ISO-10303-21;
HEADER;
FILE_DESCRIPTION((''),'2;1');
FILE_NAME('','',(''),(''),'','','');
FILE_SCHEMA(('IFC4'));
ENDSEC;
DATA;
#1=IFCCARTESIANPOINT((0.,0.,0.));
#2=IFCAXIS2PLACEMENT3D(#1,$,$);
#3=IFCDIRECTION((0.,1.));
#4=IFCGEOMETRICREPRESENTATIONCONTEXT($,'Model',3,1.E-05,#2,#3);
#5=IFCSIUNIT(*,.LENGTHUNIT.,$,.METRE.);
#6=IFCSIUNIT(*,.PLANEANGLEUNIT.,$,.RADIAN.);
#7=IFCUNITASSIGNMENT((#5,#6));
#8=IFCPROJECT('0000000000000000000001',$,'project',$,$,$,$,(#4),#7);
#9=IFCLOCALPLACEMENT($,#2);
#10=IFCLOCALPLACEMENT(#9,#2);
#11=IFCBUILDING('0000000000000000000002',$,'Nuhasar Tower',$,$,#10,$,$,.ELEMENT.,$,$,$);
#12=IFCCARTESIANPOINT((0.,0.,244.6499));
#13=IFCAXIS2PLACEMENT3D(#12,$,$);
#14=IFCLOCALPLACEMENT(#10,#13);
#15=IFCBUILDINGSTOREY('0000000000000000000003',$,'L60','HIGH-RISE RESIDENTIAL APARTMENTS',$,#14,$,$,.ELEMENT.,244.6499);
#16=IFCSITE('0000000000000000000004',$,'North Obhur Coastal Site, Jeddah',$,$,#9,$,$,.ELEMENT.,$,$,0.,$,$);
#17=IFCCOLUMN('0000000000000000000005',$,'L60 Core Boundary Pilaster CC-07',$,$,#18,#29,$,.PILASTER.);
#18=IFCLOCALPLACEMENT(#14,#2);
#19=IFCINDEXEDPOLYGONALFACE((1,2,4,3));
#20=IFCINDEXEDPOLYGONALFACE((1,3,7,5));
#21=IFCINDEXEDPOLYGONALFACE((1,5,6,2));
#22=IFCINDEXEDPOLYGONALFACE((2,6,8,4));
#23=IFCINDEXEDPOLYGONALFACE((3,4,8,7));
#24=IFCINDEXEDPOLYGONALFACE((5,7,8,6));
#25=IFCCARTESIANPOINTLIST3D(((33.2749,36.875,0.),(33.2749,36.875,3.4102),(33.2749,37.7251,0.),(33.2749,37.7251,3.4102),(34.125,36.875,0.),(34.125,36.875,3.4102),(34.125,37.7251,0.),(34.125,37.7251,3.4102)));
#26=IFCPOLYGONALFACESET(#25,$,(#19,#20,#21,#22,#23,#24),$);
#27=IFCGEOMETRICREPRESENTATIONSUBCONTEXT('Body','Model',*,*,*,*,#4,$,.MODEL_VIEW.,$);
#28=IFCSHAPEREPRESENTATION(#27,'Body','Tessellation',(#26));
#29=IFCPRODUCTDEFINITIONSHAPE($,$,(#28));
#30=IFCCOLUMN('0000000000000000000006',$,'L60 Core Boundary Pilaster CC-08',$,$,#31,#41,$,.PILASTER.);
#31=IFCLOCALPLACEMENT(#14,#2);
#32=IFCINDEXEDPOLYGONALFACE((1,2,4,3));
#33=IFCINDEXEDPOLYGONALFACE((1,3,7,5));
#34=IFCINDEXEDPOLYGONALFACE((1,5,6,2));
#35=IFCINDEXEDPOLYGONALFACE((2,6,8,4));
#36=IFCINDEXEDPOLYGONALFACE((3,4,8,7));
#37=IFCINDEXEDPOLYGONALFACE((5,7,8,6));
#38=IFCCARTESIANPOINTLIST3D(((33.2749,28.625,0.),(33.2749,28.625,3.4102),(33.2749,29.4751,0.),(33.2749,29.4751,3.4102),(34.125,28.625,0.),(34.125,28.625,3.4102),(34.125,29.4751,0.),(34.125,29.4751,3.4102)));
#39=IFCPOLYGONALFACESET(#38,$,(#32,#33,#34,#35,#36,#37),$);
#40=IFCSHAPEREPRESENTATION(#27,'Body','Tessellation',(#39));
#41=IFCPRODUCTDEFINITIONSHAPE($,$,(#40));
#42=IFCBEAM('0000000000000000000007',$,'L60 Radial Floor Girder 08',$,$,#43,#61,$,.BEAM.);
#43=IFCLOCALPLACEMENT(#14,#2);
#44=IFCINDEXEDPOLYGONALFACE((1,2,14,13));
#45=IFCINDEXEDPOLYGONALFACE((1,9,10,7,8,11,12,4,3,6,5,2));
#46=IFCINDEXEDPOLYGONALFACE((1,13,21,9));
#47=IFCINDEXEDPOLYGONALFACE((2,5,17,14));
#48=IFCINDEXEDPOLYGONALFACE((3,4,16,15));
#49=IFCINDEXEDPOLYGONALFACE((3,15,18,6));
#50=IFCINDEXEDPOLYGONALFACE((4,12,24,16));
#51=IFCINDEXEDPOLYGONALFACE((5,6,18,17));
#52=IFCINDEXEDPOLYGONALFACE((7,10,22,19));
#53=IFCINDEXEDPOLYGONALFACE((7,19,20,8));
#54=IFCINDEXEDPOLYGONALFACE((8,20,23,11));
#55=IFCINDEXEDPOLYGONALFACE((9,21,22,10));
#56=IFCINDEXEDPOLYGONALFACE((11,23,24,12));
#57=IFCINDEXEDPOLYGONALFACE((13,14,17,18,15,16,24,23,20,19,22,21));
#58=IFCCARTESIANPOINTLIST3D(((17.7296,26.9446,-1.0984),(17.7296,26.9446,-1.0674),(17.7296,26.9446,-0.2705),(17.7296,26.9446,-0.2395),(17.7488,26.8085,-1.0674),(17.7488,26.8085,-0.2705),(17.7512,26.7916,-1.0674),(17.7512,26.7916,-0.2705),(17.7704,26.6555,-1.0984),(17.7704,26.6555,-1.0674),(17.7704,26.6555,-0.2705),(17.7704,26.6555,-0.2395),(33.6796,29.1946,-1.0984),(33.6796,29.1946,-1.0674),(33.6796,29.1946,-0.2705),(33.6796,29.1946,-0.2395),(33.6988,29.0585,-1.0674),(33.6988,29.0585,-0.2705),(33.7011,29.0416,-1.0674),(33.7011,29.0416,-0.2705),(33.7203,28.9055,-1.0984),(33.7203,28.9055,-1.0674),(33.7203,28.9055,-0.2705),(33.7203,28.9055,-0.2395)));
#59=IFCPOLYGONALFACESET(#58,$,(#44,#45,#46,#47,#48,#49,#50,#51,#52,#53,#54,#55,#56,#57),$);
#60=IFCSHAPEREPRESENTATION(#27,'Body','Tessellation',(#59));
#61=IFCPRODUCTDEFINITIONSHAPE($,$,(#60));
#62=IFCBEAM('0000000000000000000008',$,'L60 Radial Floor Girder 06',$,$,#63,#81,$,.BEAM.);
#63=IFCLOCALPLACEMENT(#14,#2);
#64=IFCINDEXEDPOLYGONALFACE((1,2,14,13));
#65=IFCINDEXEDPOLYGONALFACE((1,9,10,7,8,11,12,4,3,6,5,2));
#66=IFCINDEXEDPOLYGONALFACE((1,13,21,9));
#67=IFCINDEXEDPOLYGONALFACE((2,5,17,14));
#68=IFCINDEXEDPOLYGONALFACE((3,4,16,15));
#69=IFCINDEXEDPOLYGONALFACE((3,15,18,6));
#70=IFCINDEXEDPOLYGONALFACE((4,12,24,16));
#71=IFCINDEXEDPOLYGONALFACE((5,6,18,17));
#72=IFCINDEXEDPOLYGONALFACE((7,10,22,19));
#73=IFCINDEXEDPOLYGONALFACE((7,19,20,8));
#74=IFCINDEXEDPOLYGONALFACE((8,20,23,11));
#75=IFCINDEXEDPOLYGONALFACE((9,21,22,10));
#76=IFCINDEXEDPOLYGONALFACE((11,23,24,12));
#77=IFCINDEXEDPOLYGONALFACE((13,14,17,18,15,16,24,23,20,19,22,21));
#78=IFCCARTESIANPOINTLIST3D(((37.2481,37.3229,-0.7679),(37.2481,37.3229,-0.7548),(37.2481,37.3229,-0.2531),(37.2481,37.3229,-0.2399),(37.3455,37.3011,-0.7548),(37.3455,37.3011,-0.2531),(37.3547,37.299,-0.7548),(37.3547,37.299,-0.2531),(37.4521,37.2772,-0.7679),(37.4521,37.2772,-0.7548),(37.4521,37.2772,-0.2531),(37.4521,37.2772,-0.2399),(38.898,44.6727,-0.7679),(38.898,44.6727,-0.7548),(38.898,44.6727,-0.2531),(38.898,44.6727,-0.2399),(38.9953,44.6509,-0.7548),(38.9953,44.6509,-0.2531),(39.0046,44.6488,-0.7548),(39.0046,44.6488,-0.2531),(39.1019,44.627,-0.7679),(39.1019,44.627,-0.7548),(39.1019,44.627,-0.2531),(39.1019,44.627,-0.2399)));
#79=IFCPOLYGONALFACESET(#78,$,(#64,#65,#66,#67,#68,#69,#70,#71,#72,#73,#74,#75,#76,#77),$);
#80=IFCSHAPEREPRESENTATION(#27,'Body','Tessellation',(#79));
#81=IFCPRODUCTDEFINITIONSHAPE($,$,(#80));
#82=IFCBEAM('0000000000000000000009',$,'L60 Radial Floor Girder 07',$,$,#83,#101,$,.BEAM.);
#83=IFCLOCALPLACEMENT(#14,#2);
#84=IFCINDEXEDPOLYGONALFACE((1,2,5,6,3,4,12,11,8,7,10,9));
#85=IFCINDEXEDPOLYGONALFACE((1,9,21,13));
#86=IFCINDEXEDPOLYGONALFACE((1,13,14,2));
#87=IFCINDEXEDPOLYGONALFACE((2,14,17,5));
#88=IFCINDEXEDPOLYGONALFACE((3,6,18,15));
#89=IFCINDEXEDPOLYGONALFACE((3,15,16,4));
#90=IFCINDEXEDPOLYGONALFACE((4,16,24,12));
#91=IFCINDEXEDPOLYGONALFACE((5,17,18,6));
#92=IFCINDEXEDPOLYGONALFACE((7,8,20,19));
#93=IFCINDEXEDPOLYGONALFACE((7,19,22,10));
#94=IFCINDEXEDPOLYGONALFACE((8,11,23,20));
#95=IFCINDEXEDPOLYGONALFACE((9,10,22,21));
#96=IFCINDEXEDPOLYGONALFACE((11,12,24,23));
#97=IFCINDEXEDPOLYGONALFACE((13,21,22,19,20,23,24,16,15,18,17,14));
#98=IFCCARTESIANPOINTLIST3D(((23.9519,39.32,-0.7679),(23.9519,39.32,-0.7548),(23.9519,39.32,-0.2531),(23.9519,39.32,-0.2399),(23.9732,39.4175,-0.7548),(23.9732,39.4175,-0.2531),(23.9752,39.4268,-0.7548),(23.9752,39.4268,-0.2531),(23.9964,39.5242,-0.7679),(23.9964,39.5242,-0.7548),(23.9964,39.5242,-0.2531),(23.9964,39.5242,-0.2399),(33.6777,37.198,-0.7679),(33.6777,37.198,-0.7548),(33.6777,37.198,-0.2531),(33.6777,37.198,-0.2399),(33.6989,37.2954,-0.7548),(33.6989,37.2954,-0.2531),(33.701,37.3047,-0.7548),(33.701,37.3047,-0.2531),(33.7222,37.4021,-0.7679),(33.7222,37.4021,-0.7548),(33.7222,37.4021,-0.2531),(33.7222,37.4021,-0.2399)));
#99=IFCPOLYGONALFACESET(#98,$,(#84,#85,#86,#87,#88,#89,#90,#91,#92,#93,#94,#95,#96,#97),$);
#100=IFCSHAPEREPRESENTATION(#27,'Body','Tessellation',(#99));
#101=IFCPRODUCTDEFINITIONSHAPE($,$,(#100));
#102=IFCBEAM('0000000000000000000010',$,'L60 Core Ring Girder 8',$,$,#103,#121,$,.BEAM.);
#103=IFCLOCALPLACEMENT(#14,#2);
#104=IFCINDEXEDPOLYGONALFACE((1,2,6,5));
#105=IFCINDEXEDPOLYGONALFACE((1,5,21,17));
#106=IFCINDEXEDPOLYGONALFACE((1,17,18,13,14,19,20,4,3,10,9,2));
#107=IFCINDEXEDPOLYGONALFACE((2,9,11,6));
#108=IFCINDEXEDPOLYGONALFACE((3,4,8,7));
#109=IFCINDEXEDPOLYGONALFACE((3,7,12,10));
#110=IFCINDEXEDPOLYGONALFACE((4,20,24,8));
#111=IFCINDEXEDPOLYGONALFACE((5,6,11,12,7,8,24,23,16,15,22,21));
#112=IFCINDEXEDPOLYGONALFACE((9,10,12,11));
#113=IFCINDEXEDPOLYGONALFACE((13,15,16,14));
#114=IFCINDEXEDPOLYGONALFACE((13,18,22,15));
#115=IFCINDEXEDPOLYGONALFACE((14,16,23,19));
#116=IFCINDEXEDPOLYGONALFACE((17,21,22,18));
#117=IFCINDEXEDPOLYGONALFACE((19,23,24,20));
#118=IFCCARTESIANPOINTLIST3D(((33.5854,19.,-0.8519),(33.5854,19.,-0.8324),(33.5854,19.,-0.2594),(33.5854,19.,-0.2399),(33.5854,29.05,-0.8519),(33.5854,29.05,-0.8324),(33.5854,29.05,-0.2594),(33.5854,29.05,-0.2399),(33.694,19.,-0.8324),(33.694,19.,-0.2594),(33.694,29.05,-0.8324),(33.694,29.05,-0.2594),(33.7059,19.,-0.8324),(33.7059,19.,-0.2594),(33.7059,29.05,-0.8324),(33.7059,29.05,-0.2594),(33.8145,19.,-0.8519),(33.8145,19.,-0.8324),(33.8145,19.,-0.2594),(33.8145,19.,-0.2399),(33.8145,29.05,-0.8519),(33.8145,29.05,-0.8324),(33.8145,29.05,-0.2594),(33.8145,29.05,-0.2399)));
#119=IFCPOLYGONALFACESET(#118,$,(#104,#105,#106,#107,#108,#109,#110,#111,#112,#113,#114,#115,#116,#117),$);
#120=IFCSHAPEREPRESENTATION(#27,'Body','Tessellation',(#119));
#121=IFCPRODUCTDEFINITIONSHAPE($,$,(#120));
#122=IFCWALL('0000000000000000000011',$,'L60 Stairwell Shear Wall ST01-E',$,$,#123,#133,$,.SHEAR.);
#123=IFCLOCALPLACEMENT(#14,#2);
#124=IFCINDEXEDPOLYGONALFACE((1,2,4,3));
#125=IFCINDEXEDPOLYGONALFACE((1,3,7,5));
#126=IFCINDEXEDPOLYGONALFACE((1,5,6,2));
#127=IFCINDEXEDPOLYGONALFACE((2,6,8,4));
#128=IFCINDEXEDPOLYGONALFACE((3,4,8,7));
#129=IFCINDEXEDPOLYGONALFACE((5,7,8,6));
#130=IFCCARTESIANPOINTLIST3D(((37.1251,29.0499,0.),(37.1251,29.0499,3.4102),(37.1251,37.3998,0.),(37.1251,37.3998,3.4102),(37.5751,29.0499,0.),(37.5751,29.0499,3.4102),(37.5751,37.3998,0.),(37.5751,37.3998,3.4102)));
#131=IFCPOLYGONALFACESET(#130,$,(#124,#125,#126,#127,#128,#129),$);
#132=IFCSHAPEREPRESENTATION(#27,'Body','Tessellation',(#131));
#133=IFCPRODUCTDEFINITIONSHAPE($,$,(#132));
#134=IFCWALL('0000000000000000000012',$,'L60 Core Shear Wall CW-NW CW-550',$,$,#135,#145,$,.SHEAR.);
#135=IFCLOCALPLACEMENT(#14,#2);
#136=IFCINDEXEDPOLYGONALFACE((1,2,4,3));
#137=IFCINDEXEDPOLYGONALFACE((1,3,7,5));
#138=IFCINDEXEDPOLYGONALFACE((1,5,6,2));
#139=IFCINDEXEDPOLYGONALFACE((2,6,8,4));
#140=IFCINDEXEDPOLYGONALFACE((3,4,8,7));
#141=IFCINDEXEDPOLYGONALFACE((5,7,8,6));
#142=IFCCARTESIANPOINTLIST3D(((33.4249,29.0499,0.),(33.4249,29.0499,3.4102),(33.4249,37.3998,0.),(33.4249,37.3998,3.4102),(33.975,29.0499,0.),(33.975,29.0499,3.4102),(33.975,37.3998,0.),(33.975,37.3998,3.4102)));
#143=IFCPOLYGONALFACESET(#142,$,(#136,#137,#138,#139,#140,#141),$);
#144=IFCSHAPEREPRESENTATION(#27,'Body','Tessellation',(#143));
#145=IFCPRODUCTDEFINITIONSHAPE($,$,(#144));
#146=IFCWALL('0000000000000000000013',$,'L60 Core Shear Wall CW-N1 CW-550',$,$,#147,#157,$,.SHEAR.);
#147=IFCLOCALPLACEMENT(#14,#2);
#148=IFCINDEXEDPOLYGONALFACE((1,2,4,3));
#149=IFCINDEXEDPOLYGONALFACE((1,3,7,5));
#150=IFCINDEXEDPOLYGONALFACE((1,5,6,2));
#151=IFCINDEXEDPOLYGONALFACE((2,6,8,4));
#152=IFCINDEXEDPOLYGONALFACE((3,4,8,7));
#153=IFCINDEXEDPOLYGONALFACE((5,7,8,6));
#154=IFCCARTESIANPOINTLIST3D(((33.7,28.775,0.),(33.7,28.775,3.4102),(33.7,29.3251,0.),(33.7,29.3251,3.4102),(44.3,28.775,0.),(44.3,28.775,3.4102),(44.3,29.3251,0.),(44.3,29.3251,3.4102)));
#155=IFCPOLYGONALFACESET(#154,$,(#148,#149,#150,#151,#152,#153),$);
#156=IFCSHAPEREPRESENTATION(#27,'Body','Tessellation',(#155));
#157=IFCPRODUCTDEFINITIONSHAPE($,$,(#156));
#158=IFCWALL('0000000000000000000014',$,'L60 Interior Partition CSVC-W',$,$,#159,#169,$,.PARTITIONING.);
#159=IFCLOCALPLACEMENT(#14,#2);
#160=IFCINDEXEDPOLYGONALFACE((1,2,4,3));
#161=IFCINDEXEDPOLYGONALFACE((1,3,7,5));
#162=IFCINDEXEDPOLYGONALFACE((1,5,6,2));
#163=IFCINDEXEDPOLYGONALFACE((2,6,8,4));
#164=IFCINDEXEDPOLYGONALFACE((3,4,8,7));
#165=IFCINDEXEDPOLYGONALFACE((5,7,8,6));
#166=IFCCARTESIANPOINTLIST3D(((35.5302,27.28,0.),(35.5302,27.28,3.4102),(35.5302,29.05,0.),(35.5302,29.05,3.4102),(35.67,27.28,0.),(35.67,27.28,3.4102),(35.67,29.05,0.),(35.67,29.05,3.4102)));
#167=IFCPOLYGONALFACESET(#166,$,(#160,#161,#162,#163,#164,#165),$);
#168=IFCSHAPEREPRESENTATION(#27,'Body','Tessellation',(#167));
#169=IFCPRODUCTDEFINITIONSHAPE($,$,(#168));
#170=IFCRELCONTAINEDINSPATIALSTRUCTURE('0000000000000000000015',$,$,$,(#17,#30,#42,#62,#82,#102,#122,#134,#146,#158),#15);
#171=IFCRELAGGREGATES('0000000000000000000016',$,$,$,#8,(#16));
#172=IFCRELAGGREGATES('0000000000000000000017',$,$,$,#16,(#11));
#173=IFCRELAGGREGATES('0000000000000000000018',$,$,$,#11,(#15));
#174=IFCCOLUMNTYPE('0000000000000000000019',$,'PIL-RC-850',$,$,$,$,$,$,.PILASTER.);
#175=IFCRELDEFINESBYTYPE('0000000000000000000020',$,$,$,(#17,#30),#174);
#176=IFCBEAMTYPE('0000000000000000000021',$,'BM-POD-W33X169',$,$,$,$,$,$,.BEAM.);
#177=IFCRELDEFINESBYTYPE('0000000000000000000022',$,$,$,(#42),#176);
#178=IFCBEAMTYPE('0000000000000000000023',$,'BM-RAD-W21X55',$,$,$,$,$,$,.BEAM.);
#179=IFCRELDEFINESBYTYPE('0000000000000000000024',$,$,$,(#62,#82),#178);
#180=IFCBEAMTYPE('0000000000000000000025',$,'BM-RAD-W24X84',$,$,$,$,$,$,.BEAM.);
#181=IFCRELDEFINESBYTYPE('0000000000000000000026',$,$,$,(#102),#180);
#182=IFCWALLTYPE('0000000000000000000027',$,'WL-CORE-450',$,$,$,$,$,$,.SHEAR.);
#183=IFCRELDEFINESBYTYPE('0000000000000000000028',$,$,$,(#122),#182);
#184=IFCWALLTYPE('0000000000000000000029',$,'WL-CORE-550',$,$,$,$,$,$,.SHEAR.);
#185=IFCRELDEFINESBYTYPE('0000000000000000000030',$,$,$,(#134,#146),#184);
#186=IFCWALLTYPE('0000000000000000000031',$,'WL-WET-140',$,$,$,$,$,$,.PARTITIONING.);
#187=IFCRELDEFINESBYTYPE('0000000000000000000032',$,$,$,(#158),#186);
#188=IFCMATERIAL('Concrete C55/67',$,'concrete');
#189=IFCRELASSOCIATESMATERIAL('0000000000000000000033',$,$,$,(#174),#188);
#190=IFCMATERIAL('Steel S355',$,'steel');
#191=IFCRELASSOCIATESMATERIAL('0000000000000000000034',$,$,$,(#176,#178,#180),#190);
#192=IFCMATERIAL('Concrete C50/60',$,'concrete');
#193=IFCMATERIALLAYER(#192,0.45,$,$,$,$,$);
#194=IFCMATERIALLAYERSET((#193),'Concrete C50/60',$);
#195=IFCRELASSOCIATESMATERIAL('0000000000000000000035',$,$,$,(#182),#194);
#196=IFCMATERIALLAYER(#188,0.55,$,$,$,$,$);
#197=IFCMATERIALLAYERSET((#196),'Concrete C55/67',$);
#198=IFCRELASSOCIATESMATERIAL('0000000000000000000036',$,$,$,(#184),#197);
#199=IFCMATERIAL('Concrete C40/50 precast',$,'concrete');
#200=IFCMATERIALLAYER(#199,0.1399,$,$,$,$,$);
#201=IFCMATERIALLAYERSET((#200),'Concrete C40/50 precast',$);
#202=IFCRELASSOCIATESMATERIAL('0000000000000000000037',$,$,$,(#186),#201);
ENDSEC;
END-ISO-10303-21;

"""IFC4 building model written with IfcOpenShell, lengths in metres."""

from ifc_helpers import new_model, si_unit, direction, frame, frame_2d, origin, origin_2d, place, context, subcontext, project, spatial, rectangle, i_section, extrude, material, layer, layer_set, material_profile, profile_set, type_object, element, save


model = new_model("IFC4")

# Units and contexts
model_context = context("Model", 3, precision=1e-05, world=origin(), true_north=direction((0.0, 1.0)))
body_context = subcontext(model_context, "Body", "Model", "MODEL_VIEW")
ifc_project = project(units=[si_unit("LENGTHUNIT", "METRE"), si_unit("PLANEANGLEUNIT", "RADIAN")], contexts=[model_context])

# Site, building, storey
site_placement = place(None, origin())
site = spatial("IfcSite", under=ifc_project, at=site_placement, Name="North Obhur Coastal Site, Jeddah", CompositionType="ELEMENT", RefElevation=0.0)
building_placement = place(site_placement, origin())
building = spatial("IfcBuilding", under=site, at=building_placement, Name="Nuhasar Tower", CompositionType="ELEMENT")
storey_placement = place(building_placement, frame((0.0, 0.0, 244.6499)))
storey = spatial("IfcBuildingStorey", under=building, at=storey_placement, Name="L60", Description="HIGH-RISE RESIDENTIAL APARTMENTS", CompositionType="ELEMENT", Elevation=244.6499)

# Columns
ifc_material_1 = material(Name="Concrete C55/67", Category="concrete")
ifc_material_profile_1 = material_profile(ifc_material_1, rectangle(XDim=0.8501, YDim=0.8501, at=origin_2d()), Name="RC850X850")
ifc_profile_set_1 = profile_set([ifc_material_profile_1], Name="Concrete C55/67")
column_type = type_object("IfcColumnType", Name="PIL-RC-850", PredefinedType="PILASTER", material=ifc_profile_set_1)
for number, where, z_axis, x_axis, name in (
    (1, (33.7, 37.3, 0.0), (0.0, 0.0, 1.0), (1.0, 0.0, 0.0), "L60 Core Boundary Pilaster CC-07"),
    (2, (33.7, 29.05, 0.0), (0.0, 0.0, 1.0), (1.0, 0.0, 0.0), "L60 Core Boundary Pilaster CC-08"),
):
    element("IfcColumn", number, at=place(storey_placement, frame(where, z_axis=z_axis, x_axis=x_axis)), inside=storey, type_object=column_type, Name=name, PredefinedType="PILASTER", context=body_context, shape_type="SweptSolid", body=[
        extrude(rectangle(XDim=0.8501, YDim=0.8501, at=origin_2d()), origin(), (0.0, 0.0, 1.0), 3.4102),
    ])

# Beams
ifc_material_2 = material(Name="Steel S355", Category="steel")
ifc_material_profile_2 = material_profile(ifc_material_2, i_section(OverallWidth=0.292, OverallDepth=0.8589, WebThickness=0.0171, FlangeThickness=0.031, at=origin_2d()), Name="W33X169")
ifc_profile_set_2 = profile_set([ifc_material_profile_2], Name="Steel S355")
beam_type_1 = type_object("IfcBeamType", Name="BM-POD-W33X169", PredefinedType="BEAM", material=ifc_profile_set_2)
beam_1_placement = place(storey_placement, frame((33.7, 29.05, -0.6689), z_axis=(-0.990196, -0.139683, 0.0), x_axis=(0.139683, -0.990196, 0.0)))
element("IfcBeam", 3, at=beam_1_placement, inside=storey, type_object=beam_type_1, Name="L60 Radial Floor Girder 08", PredefinedType="BEAM", context=body_context, shape_type="SweptSolid", body=[
    extrude(i_section(OverallWidth=0.292, OverallDepth=0.8589, WebThickness=0.0171, FlangeThickness=0.031, at=origin_2d()), origin(), (0.0, 0.0, 1.0), 16.1079),
])
ifc_material_profile_3 = material_profile(ifc_material_2, i_section(OverallWidth=0.209, OverallDepth=0.5281, WebThickness=0.0095, FlangeThickness=0.0132, at=origin_2d()), Name="W21X55")
ifc_profile_set_3 = profile_set([ifc_material_profile_3], Name="Steel S355")
beam_type_2 = type_object("IfcBeamType", Name="BM-RAD-W21X55", PredefinedType="BEAM", material=ifc_profile_set_3)
beam_2_placement = place(storey_placement, frame((37.3501, 37.3, -0.5039), z_axis=(0.21903, 0.975718, 0.0), x_axis=(-0.975718, 0.21903, 0.0)))
element("IfcBeam", 4, at=beam_2_placement, inside=storey, type_object=beam_type_2, Name="L60 Radial Floor Girder 06", PredefinedType="BEAM", context=body_context, shape_type="SweptSolid", body=[
    extrude(i_section(OverallWidth=0.209, OverallDepth=0.5281, WebThickness=0.0095, FlangeThickness=0.0132, at=origin_2d()), origin(), (0.0, 0.0, 1.0), 7.5327),
])
beam_3_placement = place(storey_placement, frame((33.7, 37.3, -0.5039), z_axis=(-0.977014, 0.213174, 0.0), x_axis=(-0.213174, -0.977014, 0.0)))
element("IfcBeam", 5, at=beam_3_placement, inside=storey, type_object=beam_type_2, Name="L60 Radial Floor Girder 07", PredefinedType="BEAM", context=body_context, shape_type="SweptSolid", body=[
    extrude(i_section(OverallWidth=0.209, OverallDepth=0.5281, WebThickness=0.0095, FlangeThickness=0.0132, at=origin_2d()), origin(), (0.0, 0.0, 1.0), 9.9546),
])
ifc_material_profile_4 = material_profile(ifc_material_2, i_section(OverallWidth=0.229, OverallDepth=0.6121, WebThickness=0.012, FlangeThickness=0.0195, at=origin_2d()), Name="W24X84")
ifc_profile_set_4 = profile_set([ifc_material_profile_4], Name="Steel S355")
beam_type_3 = type_object("IfcBeamType", Name="BM-RAD-W24X84", PredefinedType="BEAM", material=ifc_profile_set_4)
beam_4_placement = place(storey_placement, frame((33.7, 29.05, -0.5459), z_axis=(0.0, -1.0, 0.0), x_axis=(1.0, 0.0, 0.0)))
element("IfcBeam", 6, at=beam_4_placement, inside=storey, type_object=beam_type_3, Name="L60 Core Ring Girder 8", PredefinedType="BEAM", context=body_context, shape_type="SweptSolid", body=[
    extrude(i_section(OverallWidth=0.229, OverallDepth=0.6121, WebThickness=0.012, FlangeThickness=0.0195, at=origin_2d()), origin(), (0.0, 0.0, 1.0), 10.05),
])

# Walls
ifc_material_3 = material(Name="Concrete C50/60", Category="concrete")
ifc_layer_1 = layer(ifc_material_3, 0.45)
ifc_layer_set_1 = layer_set([ifc_layer_1], Name="Concrete C50/60")
wall_type_1 = type_object("IfcWallType", Name="WL-CORE-450", PredefinedType="SHEAR", material=ifc_layer_set_1)
wall_1_placement = place(storey_placement, frame((37.3501, 29.05, 0.0), z_axis=(0.0, 0.0, 1.0), x_axis=(0.0, 1.0, 0.0)))
element("IfcWall", 7, at=wall_1_placement, inside=storey, type_object=wall_type_1, Name="L60 Stairwell Shear Wall ST01-E", PredefinedType="SHEAR", context=body_context, shape_type="SweptSolid", body=[
    extrude(rectangle(XDim=8.3499, YDim=0.45, at=frame_2d((4.1748, 0.0))), origin(), (0.0, 0.0, 1.0), 3.4102),
])
ifc_layer_2 = layer(ifc_material_1, 0.55)
ifc_layer_set_2 = layer_set([ifc_layer_2], Name="Concrete C55/67")
wall_type_2 = type_object("IfcWallType", Name="WL-CORE-550", PredefinedType="SHEAR", material=ifc_layer_set_2)
wall_2_placement = place(storey_placement, frame((33.7, 29.05, 0.0), z_axis=(0.0, 0.0, 1.0), x_axis=(0.0, 1.0, 0.0)))
element("IfcWall", 8, at=wall_2_placement, inside=storey, type_object=wall_type_2, Name="L60 Core Shear Wall CW-NW CW-550", PredefinedType="SHEAR", context=body_context, shape_type="SweptSolid", body=[
    extrude(rectangle(XDim=8.3499, YDim=0.55, at=frame_2d((4.1748, 0.0))), origin(), (0.0, 0.0, 1.0), 3.4102),
])
wall_3_placement = place(storey_placement, frame((33.7, 29.05, 0.0), z_axis=(0.0, 0.0, 1.0), x_axis=(1.0, 0.0, 0.0)))
element("IfcWall", 9, at=wall_3_placement, inside=storey, type_object=wall_type_2, Name="L60 Core Shear Wall CW-N1 CW-550", PredefinedType="SHEAR", context=body_context, shape_type="SweptSolid", body=[
    extrude(rectangle(XDim=10.6001, YDim=0.55, at=frame_2d((5.3, 0.0))), origin(), (0.0, 0.0, 1.0), 3.4102),
])
ifc_material_4 = material(Name="Concrete C40/50 precast", Category="concrete")
ifc_layer_3 = layer(ifc_material_4, 0.1399)
ifc_layer_set_3 = layer_set([ifc_layer_3], Name="Concrete C40/50 precast")
wall_type_3 = type_object("IfcWallType", Name="WL-WET-140", PredefinedType="PARTITIONING", material=ifc_layer_set_3)
wall_4_placement = place(storey_placement, frame((35.6001, 27.28, 0.0), z_axis=(0.0, 0.0, 1.0), x_axis=(0.0, 1.0, 0.0)))
element("IfcWall", 10, at=wall_4_placement, inside=storey, type_object=wall_type_3, Name="L60 Interior Partition CSVC-W", PredefinedType="PARTITIONING", context=body_context, shape_type="SweptSolid", body=[
    extrude(rectangle(XDim=1.77, YDim=0.1399, at=frame_2d((0.885, 0.0))), origin(), (0.0, 0.0, 1.0), 3.4102),
])

save(model, "model.ifc")
